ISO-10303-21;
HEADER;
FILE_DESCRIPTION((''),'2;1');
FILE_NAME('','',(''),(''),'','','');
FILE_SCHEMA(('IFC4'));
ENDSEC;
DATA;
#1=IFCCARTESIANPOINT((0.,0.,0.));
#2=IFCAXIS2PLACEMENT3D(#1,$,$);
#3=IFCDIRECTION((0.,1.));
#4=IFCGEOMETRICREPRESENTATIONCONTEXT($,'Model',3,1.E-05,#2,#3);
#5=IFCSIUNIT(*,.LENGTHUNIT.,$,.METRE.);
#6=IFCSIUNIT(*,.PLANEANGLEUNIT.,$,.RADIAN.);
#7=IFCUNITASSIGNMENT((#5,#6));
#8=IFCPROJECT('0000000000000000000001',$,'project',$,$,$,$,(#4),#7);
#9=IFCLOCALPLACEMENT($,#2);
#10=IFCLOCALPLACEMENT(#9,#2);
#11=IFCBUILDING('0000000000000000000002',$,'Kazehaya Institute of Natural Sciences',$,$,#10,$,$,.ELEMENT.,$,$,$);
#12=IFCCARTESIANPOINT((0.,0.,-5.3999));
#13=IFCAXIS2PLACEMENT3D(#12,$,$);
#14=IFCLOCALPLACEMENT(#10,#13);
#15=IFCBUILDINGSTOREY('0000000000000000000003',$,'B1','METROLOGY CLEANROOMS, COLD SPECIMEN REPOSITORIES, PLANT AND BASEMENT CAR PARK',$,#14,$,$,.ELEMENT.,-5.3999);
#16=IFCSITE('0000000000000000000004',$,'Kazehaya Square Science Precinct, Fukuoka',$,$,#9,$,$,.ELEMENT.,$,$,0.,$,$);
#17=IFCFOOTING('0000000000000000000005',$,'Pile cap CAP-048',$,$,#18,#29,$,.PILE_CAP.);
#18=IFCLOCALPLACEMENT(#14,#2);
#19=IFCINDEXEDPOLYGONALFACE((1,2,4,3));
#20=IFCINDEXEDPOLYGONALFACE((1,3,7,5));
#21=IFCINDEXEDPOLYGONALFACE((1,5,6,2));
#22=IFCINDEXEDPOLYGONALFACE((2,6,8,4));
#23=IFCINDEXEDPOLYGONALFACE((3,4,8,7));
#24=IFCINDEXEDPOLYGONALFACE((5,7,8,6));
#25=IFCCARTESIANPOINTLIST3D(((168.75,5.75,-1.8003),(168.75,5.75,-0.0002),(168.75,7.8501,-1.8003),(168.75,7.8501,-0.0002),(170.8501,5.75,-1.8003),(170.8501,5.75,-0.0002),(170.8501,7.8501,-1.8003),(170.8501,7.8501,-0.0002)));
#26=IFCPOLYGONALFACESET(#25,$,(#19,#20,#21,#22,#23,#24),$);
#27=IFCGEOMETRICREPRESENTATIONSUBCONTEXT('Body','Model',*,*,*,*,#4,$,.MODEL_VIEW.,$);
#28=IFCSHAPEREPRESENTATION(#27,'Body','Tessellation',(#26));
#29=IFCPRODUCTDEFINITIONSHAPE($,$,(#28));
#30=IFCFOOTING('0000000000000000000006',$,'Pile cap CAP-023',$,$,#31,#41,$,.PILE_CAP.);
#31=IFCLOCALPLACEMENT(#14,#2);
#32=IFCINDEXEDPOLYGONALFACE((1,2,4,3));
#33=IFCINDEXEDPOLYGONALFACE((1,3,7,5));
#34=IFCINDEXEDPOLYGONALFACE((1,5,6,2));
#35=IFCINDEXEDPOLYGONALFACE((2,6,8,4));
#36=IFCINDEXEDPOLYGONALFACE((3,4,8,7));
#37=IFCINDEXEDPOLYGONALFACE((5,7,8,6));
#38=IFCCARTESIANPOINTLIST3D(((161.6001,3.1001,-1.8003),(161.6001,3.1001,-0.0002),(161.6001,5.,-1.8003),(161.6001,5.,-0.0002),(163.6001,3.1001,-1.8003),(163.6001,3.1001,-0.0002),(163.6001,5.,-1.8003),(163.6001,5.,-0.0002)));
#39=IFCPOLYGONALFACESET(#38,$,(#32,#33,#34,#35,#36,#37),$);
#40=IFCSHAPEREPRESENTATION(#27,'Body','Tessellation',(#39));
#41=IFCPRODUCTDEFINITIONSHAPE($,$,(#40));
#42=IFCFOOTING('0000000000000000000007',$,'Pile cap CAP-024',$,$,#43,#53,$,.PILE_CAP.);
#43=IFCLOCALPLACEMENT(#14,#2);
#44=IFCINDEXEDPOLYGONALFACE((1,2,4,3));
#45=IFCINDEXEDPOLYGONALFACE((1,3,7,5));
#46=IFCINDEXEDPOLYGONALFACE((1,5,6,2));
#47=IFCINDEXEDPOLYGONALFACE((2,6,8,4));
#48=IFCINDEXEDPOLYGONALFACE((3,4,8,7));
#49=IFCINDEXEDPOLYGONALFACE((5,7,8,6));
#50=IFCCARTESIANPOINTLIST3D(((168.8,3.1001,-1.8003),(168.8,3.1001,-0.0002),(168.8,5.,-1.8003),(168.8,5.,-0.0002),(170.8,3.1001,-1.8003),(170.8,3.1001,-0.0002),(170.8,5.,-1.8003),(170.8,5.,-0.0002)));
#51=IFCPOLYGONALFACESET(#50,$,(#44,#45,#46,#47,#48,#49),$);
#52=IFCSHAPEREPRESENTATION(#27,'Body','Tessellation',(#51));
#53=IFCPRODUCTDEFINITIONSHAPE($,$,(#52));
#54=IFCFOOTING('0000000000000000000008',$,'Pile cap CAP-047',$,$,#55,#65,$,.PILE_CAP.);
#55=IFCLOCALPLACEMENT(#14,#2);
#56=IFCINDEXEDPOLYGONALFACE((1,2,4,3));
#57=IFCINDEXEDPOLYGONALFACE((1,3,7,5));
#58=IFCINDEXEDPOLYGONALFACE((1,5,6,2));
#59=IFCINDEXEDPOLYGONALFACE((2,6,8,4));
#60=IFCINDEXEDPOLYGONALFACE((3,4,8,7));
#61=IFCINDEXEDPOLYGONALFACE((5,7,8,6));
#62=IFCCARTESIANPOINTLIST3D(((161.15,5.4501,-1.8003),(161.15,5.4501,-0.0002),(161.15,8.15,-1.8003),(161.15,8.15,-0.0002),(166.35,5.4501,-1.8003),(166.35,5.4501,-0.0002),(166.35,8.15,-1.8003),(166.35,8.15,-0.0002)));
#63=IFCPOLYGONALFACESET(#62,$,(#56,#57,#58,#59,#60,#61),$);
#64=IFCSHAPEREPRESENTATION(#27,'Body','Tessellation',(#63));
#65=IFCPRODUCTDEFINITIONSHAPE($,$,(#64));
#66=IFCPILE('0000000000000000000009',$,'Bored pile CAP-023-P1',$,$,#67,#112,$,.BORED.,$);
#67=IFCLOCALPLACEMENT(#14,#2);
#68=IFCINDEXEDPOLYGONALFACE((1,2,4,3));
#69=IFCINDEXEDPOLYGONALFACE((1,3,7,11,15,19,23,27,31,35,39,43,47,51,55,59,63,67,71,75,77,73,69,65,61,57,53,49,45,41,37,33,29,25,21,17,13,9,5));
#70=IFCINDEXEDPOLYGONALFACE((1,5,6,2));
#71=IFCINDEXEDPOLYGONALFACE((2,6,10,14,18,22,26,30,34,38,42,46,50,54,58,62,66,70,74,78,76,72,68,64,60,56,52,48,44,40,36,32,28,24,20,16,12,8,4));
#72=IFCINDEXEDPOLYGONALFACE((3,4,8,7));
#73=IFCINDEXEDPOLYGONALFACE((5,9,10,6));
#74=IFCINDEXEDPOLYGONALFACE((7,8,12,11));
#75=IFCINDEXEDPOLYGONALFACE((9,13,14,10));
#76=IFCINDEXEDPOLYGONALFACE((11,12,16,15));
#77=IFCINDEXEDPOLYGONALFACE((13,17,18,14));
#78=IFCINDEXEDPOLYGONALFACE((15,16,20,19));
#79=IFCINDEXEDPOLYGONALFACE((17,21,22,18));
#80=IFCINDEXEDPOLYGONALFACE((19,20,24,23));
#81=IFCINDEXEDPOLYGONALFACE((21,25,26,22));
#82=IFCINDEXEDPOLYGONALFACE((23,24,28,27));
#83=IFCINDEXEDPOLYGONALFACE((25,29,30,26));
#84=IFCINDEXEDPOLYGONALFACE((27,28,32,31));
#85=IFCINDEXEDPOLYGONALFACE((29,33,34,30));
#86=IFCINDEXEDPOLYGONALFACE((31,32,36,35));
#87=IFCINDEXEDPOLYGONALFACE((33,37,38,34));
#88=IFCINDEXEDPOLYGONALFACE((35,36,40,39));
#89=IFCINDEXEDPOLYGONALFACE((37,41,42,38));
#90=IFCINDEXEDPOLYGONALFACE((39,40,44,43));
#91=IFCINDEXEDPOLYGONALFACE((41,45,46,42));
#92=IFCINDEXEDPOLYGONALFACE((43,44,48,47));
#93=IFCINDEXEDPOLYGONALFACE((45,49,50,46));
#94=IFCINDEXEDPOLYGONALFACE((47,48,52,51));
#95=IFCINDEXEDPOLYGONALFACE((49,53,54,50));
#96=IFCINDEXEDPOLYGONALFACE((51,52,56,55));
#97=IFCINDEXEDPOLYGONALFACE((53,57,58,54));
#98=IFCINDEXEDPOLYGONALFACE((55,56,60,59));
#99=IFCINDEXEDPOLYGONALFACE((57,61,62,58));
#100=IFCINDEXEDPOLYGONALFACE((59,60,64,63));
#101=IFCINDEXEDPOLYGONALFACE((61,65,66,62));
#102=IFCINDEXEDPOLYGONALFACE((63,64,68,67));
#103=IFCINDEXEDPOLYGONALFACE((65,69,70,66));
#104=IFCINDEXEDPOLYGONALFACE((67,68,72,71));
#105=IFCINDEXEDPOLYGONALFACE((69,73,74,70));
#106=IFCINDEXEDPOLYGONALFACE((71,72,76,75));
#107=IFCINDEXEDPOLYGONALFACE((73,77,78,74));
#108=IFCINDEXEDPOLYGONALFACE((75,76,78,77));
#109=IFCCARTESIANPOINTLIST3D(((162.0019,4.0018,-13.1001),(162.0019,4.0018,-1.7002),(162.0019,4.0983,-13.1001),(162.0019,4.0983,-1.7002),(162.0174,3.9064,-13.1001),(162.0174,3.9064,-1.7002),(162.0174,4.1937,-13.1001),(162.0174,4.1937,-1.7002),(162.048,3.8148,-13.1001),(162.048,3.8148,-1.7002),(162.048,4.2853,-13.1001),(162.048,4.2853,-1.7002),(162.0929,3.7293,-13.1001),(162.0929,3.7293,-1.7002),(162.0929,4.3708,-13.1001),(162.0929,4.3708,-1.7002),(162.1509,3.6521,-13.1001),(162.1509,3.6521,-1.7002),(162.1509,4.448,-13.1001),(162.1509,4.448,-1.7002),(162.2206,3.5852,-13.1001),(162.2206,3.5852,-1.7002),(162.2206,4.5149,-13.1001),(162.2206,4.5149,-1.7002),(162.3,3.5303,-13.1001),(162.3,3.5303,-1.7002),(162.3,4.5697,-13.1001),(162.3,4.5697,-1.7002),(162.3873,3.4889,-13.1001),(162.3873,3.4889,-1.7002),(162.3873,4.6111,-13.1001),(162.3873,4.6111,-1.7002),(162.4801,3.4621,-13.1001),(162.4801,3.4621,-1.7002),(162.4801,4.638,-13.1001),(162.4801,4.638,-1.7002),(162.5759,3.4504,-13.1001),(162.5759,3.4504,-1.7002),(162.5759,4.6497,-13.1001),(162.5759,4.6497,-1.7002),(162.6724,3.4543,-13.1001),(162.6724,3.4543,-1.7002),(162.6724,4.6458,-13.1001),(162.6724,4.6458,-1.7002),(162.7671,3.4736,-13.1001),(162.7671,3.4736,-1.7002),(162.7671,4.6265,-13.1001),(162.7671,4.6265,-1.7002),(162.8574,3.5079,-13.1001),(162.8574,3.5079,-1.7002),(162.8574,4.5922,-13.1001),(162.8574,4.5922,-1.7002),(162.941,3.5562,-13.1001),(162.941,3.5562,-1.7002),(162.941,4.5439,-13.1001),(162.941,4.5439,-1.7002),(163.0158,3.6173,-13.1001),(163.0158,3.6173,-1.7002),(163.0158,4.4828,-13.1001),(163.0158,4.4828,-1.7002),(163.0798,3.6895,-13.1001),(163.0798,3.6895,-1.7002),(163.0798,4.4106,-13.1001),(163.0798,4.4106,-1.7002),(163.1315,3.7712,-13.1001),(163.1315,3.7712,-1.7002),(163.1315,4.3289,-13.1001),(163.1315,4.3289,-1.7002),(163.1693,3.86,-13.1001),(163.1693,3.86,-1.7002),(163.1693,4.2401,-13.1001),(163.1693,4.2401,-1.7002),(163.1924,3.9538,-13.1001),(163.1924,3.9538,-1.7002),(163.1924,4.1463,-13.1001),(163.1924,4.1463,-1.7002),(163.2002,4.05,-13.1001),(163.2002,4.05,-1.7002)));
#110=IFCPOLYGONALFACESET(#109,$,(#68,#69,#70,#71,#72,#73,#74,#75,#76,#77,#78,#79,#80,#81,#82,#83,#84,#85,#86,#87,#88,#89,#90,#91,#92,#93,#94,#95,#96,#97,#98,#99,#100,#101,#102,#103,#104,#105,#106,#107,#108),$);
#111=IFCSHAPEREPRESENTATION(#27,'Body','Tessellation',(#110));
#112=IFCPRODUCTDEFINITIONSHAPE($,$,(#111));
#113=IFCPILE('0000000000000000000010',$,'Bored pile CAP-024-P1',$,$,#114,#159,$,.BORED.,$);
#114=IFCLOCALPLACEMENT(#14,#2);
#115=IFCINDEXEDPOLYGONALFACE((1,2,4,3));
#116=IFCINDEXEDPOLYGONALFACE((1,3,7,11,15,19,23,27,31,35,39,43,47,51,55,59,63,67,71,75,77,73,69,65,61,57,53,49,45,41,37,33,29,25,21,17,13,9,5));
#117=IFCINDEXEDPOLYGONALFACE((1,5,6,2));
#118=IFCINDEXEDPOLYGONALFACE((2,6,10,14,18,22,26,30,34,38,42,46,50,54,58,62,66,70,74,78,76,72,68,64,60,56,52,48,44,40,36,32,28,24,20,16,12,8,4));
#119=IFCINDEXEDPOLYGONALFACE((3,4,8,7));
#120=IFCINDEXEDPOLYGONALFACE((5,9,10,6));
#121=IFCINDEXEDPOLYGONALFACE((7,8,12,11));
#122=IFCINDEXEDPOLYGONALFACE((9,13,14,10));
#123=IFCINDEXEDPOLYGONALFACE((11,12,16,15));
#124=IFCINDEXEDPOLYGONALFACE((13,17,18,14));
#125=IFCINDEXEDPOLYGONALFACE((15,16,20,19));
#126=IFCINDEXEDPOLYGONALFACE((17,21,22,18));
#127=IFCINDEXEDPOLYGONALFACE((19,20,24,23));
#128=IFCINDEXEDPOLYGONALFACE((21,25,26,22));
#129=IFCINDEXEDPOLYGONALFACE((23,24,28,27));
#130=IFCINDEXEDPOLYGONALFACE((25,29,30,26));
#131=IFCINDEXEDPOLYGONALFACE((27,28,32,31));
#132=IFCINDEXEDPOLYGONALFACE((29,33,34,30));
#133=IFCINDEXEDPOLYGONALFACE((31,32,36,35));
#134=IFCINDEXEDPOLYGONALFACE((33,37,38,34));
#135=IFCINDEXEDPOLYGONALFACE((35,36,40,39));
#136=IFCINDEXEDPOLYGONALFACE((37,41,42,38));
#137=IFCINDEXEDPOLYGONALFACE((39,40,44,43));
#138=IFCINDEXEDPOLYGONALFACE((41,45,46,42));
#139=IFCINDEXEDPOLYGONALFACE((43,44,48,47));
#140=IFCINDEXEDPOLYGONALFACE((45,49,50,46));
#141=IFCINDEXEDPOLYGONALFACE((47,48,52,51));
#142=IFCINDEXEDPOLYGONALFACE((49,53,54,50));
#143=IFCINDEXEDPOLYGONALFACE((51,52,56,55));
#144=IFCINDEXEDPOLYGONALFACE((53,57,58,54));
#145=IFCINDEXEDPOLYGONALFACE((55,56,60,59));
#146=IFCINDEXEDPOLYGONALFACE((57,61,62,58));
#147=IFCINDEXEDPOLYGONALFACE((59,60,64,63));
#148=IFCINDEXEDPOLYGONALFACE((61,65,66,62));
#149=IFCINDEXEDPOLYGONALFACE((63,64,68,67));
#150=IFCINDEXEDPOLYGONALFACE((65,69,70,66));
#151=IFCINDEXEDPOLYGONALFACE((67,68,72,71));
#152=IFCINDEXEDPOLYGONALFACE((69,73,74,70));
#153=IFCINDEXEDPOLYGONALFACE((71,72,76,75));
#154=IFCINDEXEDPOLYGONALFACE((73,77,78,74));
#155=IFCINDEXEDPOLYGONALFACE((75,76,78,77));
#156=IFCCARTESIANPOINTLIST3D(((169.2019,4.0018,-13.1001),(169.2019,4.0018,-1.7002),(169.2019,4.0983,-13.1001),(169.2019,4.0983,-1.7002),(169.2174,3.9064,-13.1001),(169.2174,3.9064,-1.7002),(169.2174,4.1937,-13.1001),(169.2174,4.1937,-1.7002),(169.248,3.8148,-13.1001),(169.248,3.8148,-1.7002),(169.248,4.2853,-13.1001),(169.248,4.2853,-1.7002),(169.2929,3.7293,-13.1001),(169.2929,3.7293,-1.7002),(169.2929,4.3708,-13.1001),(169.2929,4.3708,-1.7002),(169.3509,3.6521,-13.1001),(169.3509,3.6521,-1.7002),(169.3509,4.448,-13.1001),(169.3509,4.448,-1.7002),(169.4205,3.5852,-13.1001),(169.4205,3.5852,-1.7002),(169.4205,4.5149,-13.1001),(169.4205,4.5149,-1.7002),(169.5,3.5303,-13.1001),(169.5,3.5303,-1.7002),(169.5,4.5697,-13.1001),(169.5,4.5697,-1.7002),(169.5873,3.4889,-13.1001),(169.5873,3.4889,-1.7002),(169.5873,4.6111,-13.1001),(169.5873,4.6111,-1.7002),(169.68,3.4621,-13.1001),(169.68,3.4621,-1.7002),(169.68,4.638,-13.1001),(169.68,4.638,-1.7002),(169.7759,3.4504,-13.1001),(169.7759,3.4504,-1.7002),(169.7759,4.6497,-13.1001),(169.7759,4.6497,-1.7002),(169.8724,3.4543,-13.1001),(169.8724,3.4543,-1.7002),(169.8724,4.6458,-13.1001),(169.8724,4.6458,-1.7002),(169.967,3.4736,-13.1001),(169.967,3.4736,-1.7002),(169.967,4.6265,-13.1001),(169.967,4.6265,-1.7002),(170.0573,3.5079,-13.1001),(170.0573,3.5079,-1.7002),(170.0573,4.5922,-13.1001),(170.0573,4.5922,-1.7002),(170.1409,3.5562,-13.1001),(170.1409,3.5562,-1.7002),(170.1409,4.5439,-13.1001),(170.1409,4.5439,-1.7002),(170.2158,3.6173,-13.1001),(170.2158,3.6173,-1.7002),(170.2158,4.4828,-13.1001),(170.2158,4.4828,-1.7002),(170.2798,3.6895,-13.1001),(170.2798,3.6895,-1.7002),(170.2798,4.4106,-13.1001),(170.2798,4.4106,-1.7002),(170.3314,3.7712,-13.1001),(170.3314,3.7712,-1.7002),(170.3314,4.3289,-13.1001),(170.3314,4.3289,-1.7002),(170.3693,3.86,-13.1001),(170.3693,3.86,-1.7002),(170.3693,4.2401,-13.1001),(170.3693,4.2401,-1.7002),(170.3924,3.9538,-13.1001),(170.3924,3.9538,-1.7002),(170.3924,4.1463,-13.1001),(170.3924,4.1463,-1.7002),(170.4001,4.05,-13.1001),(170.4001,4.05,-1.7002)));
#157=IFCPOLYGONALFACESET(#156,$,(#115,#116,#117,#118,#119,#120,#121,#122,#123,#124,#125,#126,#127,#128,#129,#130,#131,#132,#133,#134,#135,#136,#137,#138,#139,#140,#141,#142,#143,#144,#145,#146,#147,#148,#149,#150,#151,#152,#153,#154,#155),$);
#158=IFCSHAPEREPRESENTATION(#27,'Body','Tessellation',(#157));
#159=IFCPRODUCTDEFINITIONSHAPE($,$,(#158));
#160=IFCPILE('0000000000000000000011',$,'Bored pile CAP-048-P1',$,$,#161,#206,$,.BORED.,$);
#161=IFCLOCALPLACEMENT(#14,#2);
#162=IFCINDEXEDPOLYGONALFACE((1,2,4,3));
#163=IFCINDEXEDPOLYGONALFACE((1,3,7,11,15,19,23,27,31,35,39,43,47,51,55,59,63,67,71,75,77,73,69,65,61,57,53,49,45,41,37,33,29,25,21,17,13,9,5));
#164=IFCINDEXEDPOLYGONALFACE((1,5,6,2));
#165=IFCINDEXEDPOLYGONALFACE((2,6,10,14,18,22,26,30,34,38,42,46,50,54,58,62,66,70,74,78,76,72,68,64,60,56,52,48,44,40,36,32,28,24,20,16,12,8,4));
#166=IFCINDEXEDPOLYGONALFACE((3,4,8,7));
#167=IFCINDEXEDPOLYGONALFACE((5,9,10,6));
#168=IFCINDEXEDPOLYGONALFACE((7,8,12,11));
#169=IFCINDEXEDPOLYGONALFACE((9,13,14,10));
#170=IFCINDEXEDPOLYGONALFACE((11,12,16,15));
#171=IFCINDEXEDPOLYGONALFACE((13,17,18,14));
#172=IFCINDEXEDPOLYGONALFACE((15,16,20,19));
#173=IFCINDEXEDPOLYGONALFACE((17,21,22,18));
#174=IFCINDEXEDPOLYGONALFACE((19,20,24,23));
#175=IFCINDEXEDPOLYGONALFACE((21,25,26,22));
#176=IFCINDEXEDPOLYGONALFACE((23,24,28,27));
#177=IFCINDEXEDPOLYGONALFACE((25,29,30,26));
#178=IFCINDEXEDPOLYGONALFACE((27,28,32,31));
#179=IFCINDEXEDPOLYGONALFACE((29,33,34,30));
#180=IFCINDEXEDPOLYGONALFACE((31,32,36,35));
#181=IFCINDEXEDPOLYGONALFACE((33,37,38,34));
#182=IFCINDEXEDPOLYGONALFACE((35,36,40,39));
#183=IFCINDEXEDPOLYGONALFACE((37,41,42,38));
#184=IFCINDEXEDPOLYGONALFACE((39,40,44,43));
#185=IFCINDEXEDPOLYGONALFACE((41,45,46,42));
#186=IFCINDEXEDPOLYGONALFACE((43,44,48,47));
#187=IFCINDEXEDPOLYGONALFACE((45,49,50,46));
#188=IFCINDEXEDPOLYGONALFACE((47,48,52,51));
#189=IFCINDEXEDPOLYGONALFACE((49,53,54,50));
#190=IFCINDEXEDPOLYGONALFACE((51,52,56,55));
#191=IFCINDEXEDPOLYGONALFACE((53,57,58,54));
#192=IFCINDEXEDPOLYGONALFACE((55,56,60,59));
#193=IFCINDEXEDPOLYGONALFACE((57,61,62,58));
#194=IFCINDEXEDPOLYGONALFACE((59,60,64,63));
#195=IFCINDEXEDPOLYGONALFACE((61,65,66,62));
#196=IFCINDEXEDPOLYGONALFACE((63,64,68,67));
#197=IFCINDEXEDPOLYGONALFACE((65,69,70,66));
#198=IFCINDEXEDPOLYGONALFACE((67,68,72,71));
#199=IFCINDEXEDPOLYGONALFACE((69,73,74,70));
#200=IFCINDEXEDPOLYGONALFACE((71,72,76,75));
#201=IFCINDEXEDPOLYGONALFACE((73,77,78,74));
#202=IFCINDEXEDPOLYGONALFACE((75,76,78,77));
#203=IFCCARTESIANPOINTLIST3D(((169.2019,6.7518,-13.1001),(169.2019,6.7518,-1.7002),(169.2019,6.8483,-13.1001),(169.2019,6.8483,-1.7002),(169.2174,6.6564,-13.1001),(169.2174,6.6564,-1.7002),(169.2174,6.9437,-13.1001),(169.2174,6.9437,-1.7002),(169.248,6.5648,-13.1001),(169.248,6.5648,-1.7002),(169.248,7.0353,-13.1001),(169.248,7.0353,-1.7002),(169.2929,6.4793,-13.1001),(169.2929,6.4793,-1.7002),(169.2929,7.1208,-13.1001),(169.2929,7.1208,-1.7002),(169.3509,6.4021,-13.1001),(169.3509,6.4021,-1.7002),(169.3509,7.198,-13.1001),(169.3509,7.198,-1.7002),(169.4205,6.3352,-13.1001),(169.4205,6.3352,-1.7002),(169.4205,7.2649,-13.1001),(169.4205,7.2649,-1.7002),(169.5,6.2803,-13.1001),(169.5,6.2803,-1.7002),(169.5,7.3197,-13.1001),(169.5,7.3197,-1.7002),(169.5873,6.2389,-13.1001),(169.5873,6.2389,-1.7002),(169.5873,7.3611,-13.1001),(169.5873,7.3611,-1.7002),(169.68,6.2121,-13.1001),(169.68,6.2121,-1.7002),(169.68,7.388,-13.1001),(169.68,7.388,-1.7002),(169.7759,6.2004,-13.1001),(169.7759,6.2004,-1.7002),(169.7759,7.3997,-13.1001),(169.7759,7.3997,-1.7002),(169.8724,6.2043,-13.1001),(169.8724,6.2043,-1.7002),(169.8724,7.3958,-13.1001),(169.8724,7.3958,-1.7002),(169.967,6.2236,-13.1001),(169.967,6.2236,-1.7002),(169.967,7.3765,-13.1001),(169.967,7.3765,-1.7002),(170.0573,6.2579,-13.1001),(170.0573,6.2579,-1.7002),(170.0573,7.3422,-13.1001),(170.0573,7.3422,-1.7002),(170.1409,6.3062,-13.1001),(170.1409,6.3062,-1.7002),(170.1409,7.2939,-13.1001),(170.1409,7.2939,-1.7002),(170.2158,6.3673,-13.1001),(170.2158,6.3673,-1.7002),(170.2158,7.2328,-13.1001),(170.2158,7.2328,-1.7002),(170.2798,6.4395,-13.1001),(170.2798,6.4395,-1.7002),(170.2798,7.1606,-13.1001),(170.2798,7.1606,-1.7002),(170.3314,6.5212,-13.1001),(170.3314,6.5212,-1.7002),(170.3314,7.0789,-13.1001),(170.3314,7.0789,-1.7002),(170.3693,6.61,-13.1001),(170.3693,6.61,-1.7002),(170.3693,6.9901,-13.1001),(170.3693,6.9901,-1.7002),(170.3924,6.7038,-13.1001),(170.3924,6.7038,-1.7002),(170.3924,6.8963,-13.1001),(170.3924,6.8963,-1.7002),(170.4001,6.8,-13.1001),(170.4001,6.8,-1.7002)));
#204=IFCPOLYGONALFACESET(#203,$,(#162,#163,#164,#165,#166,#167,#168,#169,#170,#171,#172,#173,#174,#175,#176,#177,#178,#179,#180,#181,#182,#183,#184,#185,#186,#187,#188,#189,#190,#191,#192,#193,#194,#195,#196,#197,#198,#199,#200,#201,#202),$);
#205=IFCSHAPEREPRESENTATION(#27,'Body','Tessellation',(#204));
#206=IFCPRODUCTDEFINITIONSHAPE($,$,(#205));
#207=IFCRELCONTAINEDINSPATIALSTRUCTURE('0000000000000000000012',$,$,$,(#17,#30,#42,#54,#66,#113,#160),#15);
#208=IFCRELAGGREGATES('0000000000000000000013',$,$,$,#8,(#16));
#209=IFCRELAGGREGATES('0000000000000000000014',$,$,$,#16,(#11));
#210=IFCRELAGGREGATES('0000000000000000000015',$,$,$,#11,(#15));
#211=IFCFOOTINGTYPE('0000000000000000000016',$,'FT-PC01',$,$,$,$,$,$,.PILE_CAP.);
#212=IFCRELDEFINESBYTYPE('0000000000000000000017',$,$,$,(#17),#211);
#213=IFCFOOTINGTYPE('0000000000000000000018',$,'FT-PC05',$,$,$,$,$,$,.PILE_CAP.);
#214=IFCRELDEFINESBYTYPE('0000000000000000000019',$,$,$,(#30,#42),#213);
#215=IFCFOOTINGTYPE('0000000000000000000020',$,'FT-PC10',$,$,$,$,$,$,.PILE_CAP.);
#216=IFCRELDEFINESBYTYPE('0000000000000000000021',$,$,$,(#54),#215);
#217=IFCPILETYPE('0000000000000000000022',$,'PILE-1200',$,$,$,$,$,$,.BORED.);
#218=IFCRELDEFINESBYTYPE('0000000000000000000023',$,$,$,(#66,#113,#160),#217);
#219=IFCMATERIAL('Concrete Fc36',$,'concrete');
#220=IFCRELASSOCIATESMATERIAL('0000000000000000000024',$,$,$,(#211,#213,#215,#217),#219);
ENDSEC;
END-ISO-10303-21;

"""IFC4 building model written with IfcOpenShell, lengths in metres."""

from ifc_helpers import new_model, si_unit, direction, frame, origin, origin_2d, place, context, subcontext, project, spatial, rectangle, circle, extrude, material, material_profile, profile_set, type_object, element, save


model = new_model("IFC4")

# Units and contexts
model_context = context("Model", 3, precision=1e-05, world=origin(), true_north=direction((0.0, 1.0)))
body_context = subcontext(model_context, "Body", "Model", "MODEL_VIEW")
ifc_project = project(units=[si_unit("LENGTHUNIT", "METRE"), si_unit("PLANEANGLEUNIT", "RADIAN")], contexts=[model_context])

# Site, building, storey
site_placement = place(None, origin())
site = spatial("IfcSite", under=ifc_project, at=site_placement, Name="Kazehaya Square Science Precinct, Fukuoka", CompositionType="ELEMENT", RefElevation=0.0)
building_placement = place(site_placement, origin())
building = spatial("IfcBuilding", under=site, at=building_placement, Name="Kazehaya Institute of Natural Sciences", CompositionType="ELEMENT")
storey_placement = place(building_placement, frame((0.0, 0.0, -5.3999)))
storey = spatial("IfcBuildingStorey", under=building, at=storey_placement, Name="B1", Description="METROLOGY CLEANROOMS, COLD SPECIMEN REPOSITORIES, PLANT AND BASEMENT CAR PARK", CompositionType="ELEMENT", Elevation=-5.3999)

# Footings
ifc_material_1 = material(Name="Concrete Fc36", Category="concrete")
footing_type_1 = type_object("IfcFootingType", Name="FT-PC01", PredefinedType="PILE_CAP", material=ifc_material_1)
footing_1_placement = place(storey_placement, frame((169.8, 6.8, -1.8003), z_axis=(0.0, 0.0, 1.0), x_axis=(1.0, 0.0, 0.0)))
element("IfcFooting", 1, at=footing_1_placement, inside=storey, type_object=footing_type_1, Name="Pile cap CAP-048", PredefinedType="PILE_CAP", context=body_context, shape_type="SweptSolid", body=[
    extrude(rectangle(XDim=2.1001, YDim=2.1001, at=origin_2d()), origin(), (0.0, 0.0, 1.0), 1.8),
])
footing_type_2 = type_object("IfcFootingType", Name="FT-PC05", PredefinedType="PILE_CAP", material=ifc_material_1)
for number, where, z_axis, x_axis, name in (
    (2, (162.6001, 4.05, -1.8003), (0.0, 0.0, 1.0), (1.0, 0.0, 0.0), "Pile cap CAP-023"),
    (3, (169.8, 4.05, -1.8003), (0.0, 0.0, 1.0), (1.0, 0.0, 0.0), "Pile cap CAP-024"),
):
    element("IfcFooting", number, at=place(storey_placement, frame(where, z_axis=z_axis, x_axis=x_axis)), inside=storey, type_object=footing_type_2, Name=name, PredefinedType="PILE_CAP", context=body_context, shape_type="SweptSolid", body=[
        extrude(rectangle(XDim=2.0, YDim=1.8999, at=origin_2d()), origin(), (0.0, 0.0, 1.0), 1.8),
    ])
footing_type_3 = type_object("IfcFootingType", Name="FT-PC10", PredefinedType="PILE_CAP", material=ifc_material_1)
footing_2_placement = place(storey_placement, frame((163.75, 6.8, -1.8003), z_axis=(0.0, 0.0, 1.0), x_axis=(1.0, 0.0, 0.0)))
element("IfcFooting", 4, at=footing_2_placement, inside=storey, type_object=footing_type_3, Name="Pile cap CAP-047", PredefinedType="PILE_CAP", context=body_context, shape_type="SweptSolid", body=[
    extrude(rectangle(XDim=5.2, YDim=2.7, at=origin_2d()), origin(), (0.0, 0.0, 1.0), 1.8),
])

# Piles
ifc_material_profile_1 = material_profile(ifc_material_1, circle(Radius=0.6001, at=origin_2d()), Name="PILE-1200")
ifc_profile_set_1 = profile_set([ifc_material_profile_1], Name="Concrete Fc36")
pile_type_1 = type_object("IfcPileType", Name="PILE-1200", PredefinedType="BORED", material=ifc_profile_set_1)
for number, where, z_axis, x_axis, name in (
    (5, (162.6001, 4.05, -1.7002), (0.0, 0.0, -1.0), (1.0, 0.0, 0.0), "Bored pile CAP-023-P1"),
    (6, (169.8, 4.05, -1.7002), (0.0, 0.0, -1.0), (1.0, 0.0, 0.0), "Bored pile CAP-024-P1"),
    (7, (169.8, 6.8, -1.7002), (0.0, 0.0, -1.0), (1.0, 0.0, 0.0), "Bored pile CAP-048-P1"),
):
    element("IfcPile", number, at=place(storey_placement, frame(where, z_axis=z_axis, x_axis=x_axis)), inside=storey, type_object=pile_type_1, Name=name, PredefinedType="BORED", context=body_context, shape_type="SweptSolid", body=[
        extrude(circle(Radius=0.6001, at=origin_2d()), origin(), (0.0, 0.0, 1.0), 11.3999),
    ])

save(model, "model.ifc")
